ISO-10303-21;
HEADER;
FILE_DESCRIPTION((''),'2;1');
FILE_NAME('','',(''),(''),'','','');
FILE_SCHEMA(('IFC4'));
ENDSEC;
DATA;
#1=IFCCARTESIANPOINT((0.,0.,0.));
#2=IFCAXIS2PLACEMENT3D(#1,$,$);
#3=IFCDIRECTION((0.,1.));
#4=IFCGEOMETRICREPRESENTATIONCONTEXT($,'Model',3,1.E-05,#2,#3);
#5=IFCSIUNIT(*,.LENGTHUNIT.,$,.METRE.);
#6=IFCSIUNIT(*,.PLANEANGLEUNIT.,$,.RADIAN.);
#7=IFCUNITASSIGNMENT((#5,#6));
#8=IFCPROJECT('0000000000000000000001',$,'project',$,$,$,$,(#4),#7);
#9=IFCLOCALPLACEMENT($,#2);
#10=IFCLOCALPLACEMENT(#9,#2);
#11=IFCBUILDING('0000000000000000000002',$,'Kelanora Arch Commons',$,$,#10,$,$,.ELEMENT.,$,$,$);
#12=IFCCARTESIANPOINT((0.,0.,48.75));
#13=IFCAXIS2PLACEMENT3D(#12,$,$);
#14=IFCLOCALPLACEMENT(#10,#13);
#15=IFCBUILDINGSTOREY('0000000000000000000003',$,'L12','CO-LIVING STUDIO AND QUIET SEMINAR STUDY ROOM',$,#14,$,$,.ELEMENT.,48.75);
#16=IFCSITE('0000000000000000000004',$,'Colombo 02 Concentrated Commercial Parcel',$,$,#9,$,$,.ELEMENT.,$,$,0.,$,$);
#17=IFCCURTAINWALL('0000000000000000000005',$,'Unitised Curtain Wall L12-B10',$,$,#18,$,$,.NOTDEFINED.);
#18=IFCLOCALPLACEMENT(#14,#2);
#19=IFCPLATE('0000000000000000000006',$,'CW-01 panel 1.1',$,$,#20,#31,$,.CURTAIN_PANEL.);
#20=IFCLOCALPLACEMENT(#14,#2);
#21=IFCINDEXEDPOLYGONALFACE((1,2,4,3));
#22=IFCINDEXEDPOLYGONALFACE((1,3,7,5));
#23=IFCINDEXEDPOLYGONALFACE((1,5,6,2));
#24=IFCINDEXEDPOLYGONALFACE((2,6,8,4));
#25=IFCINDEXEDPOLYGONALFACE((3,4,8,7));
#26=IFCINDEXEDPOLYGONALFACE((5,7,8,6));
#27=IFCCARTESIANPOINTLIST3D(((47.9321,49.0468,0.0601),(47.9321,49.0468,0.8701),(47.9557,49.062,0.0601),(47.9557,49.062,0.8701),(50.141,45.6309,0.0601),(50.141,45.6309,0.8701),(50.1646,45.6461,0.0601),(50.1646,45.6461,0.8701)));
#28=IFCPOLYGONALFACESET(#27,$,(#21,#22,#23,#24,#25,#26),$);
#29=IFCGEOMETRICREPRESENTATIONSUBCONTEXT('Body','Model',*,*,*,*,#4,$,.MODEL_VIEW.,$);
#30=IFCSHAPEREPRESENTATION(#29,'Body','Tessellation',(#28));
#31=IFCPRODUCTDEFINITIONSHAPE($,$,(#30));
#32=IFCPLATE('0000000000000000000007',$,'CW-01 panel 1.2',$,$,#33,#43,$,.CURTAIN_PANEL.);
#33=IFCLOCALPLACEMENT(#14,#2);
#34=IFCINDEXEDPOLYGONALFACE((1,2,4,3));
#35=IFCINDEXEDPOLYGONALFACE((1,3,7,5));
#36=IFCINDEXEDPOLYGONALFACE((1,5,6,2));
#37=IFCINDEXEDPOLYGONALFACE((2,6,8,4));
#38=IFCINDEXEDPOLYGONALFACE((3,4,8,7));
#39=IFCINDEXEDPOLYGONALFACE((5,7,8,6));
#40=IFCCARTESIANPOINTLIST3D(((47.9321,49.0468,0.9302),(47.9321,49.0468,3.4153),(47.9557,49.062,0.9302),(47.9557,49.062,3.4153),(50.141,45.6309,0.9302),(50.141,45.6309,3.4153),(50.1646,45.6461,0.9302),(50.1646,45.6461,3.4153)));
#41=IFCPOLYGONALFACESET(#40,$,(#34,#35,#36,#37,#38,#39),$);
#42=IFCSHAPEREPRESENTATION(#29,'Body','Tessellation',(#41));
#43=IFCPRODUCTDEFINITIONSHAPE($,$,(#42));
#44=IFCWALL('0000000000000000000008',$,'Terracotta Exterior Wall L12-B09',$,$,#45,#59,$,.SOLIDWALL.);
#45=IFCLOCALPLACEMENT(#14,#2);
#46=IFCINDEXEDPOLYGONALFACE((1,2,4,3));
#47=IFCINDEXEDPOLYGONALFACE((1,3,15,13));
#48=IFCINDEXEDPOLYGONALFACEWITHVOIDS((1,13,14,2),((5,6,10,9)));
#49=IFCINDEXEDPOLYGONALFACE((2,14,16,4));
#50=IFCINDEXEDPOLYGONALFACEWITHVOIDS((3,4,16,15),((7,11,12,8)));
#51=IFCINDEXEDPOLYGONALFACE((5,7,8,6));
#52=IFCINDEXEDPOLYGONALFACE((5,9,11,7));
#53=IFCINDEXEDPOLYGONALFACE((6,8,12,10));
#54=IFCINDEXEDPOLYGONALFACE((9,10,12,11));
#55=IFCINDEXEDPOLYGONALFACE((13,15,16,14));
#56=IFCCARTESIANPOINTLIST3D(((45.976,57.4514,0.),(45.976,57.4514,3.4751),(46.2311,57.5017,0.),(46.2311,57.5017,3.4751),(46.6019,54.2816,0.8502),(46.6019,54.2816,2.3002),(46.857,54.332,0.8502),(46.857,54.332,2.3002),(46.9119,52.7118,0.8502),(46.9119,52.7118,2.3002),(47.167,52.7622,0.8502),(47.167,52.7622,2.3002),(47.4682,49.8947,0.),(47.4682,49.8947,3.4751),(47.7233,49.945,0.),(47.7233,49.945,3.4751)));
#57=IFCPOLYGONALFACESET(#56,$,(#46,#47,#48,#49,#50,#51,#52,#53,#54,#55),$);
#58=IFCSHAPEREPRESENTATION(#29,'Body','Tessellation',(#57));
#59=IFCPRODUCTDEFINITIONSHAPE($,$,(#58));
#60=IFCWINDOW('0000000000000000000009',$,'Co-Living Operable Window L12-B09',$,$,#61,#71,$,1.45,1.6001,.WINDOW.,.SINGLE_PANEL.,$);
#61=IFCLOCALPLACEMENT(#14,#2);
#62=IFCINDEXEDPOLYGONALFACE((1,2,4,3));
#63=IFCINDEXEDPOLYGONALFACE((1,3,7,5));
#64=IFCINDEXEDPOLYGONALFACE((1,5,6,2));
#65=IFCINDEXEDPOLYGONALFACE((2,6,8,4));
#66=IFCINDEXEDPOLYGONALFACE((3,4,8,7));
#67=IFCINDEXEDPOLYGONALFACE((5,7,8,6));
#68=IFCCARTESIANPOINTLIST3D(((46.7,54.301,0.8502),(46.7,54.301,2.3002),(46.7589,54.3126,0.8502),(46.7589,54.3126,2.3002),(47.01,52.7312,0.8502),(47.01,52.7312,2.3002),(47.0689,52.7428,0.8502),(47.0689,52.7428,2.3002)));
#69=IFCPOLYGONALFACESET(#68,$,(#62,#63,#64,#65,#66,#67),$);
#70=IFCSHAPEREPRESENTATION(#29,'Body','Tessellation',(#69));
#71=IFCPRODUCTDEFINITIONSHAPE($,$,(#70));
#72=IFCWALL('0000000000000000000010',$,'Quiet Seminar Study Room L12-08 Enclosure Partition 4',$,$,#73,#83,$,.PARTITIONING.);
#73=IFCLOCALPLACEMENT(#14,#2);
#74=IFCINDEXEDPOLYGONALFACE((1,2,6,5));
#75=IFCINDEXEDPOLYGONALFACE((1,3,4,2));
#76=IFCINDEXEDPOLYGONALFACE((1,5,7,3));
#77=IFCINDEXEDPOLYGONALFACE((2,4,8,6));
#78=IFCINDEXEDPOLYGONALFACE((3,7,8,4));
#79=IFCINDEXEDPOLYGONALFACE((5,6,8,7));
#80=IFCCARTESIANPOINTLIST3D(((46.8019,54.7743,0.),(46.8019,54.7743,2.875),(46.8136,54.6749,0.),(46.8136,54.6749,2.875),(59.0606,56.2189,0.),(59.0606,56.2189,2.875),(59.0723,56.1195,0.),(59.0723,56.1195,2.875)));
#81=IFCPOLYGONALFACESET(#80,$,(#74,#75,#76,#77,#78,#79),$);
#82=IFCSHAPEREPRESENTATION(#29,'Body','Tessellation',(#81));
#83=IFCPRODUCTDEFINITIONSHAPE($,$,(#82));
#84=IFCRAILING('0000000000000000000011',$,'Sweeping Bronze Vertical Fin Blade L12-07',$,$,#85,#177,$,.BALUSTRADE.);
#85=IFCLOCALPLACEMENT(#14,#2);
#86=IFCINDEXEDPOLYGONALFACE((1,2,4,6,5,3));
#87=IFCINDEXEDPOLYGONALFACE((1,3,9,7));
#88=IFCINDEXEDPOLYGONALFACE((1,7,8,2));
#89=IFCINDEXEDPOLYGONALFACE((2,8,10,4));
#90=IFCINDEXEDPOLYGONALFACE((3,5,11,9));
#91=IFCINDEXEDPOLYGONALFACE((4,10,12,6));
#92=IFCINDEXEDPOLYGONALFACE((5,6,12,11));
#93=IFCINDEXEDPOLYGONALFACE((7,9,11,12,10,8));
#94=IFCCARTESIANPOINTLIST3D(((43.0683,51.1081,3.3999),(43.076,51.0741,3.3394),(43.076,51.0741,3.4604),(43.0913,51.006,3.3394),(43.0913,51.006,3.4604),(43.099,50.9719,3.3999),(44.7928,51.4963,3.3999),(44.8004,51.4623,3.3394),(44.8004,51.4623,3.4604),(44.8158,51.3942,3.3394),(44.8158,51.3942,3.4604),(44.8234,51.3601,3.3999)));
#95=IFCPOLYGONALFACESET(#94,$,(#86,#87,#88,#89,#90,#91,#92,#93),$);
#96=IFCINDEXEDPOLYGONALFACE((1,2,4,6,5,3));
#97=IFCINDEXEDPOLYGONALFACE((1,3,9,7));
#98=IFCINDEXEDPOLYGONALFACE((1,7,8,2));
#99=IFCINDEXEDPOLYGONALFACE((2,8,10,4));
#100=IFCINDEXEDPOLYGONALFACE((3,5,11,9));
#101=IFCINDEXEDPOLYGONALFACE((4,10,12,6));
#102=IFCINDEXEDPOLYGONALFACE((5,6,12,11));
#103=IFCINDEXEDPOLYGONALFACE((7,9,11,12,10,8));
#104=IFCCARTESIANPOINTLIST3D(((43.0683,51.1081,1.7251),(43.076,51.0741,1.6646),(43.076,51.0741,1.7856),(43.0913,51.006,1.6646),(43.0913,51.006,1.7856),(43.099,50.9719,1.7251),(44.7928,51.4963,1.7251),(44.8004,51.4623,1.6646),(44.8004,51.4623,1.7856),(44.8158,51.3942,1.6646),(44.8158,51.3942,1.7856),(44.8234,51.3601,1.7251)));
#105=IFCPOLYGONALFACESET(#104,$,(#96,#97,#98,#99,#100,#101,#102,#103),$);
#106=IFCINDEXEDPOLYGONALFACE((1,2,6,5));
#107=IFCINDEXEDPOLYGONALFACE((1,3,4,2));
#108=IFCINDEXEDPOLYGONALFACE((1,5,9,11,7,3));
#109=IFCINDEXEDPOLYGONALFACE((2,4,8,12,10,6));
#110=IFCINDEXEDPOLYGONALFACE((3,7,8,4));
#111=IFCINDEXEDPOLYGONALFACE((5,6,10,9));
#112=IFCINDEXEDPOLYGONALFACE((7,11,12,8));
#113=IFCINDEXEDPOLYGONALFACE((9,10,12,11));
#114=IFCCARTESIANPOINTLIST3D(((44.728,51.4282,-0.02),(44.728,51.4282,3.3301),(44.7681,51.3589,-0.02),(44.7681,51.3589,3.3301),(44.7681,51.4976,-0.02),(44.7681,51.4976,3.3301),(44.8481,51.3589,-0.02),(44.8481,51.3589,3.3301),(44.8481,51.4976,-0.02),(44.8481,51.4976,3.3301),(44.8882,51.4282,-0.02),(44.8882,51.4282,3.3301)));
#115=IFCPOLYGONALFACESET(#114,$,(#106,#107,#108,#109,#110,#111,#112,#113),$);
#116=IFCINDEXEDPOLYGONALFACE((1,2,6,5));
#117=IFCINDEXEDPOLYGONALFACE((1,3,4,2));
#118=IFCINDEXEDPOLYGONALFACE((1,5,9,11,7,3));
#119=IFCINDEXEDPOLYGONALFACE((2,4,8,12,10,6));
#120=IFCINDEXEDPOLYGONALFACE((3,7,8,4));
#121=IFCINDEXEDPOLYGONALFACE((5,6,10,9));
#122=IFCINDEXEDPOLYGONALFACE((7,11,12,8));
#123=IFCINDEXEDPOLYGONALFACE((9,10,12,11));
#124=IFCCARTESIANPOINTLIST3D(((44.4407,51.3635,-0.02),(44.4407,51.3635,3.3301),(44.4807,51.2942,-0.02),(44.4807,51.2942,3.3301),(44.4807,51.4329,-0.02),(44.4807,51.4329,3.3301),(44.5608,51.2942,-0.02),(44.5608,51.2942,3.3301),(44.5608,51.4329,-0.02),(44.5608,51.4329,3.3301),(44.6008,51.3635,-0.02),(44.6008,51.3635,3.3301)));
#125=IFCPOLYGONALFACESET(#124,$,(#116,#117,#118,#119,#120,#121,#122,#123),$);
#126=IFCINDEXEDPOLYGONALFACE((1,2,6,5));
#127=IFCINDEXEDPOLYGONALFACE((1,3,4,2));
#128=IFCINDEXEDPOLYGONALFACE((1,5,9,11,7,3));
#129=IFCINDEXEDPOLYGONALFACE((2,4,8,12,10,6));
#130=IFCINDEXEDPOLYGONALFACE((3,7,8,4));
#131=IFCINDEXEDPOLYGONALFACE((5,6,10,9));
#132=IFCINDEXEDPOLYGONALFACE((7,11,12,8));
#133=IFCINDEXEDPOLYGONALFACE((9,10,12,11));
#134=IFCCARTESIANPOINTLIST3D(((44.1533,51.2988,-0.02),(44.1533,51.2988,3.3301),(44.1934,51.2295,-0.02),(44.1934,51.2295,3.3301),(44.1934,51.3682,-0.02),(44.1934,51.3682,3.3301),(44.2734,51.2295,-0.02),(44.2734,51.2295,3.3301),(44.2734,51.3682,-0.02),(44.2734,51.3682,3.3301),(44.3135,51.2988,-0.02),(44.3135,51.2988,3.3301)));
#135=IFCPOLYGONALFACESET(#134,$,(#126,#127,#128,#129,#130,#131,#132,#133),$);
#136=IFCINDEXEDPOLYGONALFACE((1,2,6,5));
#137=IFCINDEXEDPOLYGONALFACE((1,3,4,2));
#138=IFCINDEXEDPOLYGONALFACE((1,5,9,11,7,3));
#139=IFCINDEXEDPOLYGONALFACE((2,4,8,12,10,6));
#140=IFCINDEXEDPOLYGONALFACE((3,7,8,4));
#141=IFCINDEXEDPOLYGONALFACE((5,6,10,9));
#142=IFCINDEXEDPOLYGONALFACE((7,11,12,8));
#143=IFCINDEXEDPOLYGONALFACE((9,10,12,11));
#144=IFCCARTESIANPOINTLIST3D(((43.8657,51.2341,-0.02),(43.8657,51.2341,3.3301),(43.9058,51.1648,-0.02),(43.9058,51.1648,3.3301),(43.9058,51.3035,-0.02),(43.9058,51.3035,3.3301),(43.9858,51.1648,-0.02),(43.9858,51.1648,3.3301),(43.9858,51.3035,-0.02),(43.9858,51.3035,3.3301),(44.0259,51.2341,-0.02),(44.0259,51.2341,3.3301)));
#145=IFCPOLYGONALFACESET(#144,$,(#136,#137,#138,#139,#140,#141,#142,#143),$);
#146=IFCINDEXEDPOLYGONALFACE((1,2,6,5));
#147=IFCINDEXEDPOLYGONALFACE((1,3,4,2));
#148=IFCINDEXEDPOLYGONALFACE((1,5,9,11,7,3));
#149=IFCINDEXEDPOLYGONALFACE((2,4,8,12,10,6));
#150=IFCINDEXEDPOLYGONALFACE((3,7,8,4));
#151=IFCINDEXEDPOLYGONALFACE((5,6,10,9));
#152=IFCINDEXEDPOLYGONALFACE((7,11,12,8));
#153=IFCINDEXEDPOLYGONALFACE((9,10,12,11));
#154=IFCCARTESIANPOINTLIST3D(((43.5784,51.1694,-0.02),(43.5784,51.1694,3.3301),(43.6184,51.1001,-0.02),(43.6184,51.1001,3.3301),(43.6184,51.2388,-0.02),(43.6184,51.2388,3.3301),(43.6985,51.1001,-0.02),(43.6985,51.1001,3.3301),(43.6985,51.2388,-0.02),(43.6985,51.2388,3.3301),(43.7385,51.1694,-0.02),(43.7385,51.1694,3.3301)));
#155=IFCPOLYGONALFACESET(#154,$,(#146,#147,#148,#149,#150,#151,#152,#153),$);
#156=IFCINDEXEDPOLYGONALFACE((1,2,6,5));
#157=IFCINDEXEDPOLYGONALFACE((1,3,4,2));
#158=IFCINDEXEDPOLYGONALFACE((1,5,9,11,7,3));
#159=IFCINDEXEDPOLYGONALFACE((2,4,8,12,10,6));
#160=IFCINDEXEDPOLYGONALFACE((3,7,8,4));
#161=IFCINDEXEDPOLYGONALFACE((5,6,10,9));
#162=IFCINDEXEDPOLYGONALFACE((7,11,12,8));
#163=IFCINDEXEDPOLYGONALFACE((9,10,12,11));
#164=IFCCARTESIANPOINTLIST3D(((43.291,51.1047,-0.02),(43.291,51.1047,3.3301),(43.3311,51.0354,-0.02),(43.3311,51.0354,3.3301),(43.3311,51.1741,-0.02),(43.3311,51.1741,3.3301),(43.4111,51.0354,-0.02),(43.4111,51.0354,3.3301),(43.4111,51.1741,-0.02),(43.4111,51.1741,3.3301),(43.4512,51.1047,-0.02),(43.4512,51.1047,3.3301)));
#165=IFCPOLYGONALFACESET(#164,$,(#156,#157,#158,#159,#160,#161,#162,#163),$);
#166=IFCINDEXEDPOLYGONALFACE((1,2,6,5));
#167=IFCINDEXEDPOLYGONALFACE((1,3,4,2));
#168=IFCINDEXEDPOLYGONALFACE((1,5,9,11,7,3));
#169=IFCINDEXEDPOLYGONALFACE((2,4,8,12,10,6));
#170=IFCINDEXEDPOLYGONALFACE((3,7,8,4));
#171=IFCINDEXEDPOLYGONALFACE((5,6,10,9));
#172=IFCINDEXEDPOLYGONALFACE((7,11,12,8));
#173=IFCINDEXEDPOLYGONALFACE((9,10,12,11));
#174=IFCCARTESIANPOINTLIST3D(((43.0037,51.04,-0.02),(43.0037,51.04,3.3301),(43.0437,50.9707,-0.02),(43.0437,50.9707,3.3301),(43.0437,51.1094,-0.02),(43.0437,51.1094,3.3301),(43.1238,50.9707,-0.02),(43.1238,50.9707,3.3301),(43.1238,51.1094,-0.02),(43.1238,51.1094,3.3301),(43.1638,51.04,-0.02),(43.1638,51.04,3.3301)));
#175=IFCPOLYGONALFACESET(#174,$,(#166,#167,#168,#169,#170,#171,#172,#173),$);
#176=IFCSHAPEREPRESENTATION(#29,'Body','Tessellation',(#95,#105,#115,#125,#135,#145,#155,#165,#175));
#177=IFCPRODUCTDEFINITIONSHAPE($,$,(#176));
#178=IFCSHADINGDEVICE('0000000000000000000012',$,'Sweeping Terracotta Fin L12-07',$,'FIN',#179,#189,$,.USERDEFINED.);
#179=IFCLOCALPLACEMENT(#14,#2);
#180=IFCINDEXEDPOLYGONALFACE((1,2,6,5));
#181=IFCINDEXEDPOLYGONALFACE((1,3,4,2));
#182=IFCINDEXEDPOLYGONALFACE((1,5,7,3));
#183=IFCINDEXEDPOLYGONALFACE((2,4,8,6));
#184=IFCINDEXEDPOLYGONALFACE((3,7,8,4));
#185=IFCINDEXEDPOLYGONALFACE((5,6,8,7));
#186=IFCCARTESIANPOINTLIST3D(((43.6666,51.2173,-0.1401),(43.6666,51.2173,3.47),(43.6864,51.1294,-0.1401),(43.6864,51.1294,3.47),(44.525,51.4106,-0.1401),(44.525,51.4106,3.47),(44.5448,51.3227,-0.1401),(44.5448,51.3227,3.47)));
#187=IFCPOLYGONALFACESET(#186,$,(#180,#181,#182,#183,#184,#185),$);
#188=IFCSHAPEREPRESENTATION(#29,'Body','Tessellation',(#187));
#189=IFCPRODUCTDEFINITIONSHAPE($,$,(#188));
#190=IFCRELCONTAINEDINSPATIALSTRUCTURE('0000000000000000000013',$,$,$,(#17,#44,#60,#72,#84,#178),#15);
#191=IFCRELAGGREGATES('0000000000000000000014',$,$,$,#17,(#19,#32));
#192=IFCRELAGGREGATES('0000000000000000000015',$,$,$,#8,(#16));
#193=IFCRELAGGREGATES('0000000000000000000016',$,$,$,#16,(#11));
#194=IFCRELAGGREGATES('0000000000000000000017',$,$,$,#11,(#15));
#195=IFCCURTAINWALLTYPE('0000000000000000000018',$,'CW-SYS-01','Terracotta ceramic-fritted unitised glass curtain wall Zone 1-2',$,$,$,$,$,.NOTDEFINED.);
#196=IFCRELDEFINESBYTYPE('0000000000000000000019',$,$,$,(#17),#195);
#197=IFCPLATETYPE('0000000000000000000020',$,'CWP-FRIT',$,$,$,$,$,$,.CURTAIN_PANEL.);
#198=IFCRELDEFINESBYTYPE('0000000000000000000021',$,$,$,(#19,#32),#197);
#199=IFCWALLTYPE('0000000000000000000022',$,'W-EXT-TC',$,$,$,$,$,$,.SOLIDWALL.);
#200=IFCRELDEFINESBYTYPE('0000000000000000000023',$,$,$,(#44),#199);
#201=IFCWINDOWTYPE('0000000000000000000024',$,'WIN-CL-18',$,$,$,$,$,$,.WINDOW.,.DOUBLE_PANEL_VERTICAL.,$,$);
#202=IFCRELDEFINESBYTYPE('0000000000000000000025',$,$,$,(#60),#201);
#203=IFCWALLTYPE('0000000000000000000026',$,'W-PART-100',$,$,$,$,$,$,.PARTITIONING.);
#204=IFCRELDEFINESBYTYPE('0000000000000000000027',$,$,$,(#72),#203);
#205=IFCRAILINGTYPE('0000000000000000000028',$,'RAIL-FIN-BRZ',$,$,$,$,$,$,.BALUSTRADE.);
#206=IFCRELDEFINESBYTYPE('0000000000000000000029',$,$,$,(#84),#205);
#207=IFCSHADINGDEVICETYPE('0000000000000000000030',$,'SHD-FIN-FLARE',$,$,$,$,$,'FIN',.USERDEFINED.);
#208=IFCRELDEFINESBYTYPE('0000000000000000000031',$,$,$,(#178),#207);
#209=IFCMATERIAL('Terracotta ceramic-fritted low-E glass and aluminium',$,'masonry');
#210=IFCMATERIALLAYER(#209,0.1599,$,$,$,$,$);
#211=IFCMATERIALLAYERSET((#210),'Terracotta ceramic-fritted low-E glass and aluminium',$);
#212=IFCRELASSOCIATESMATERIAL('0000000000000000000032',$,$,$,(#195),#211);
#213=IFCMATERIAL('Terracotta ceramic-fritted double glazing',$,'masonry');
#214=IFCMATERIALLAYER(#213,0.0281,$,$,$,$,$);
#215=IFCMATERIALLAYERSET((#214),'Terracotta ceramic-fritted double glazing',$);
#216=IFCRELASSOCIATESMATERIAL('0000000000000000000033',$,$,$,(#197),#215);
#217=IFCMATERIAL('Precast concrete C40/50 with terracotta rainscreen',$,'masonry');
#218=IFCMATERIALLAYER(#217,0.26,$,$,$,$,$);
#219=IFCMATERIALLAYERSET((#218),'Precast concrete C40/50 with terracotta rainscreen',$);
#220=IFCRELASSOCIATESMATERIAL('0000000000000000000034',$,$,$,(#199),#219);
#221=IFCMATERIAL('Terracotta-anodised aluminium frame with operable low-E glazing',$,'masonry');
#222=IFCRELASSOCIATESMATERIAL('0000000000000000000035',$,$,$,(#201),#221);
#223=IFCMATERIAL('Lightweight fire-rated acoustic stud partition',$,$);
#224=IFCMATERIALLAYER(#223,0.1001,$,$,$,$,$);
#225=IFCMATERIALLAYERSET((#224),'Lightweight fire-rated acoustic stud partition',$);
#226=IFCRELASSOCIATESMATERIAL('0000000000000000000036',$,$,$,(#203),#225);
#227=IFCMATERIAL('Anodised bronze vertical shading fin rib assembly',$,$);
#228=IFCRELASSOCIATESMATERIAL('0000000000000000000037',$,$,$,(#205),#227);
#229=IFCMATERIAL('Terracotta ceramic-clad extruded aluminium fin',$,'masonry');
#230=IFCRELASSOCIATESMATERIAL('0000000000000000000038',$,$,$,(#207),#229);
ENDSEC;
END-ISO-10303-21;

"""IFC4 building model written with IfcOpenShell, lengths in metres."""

from ifc_helpers import new_model, si_unit, direction, frame, frame_2d, origin, origin_2d, place, context, subcontext, project, spatial, polyline, rectangle, outline, extrude, source, transform, mapped, material, layer, layer_set, type_object, element, fill, aggregate, save


model = new_model("IFC4")

# Units and contexts
model_context = context("Model", 3, precision=1e-05, world=origin(), true_north=direction((0.0, 1.0)))
body_context = subcontext(model_context, "Body", "Model", "MODEL_VIEW")
ifc_project = project(units=[si_unit("LENGTHUNIT", "METRE"), si_unit("PLANEANGLEUNIT", "RADIAN")], contexts=[model_context])

# Site, building, storey
site_placement = place(None, origin())
site = spatial("IfcSite", under=ifc_project, at=site_placement, Name="Colombo 02 Concentrated Commercial Parcel", CompositionType="ELEMENT", RefElevation=0.0)
building_placement = place(site_placement, origin())
building = spatial("IfcBuilding", under=site, at=building_placement, Name="Kelanora Arch Commons", CompositionType="ELEMENT")
storey_placement = place(building_placement, frame((0.0, 0.0, 48.75)))
storey = spatial("IfcBuildingStorey", under=building, at=storey_placement, Name="L12", Description="CO-LIVING STUDIO AND QUIET SEMINAR STUDY ROOM", CompositionType="ELEMENT", Elevation=48.75)

# Shared definitions
ifc_material_1 = material(Name="Terracotta ceramic-fritted low-E glass and aluminium", Category="masonry")
ifc_layer_1 = layer(ifc_material_1, 0.1599)
ifc_layer_set_1 = layer_set([ifc_layer_1], Name="Terracotta ceramic-fritted low-E glass and aluminium")
curtain_wall_type = type_object("IfcCurtainWallType", Name="CW-SYS-01", Description="Terracotta ceramic-fritted unitised glass curtain wall Zone 1-2", PredefinedType="NOTDEFINED", material=ifc_layer_set_1)

# Curtain wall
curtain_wall_1_placement = place(storey_placement, origin())
curtain_wall_1 = element("IfcCurtainWall", 1, at=curtain_wall_1_placement, inside=storey, type_object=curtain_wall_type, Name="Unitised Curtain Wall L12-B10", PredefinedType="NOTDEFINED")

# Plates
ifc_material_2 = material(Name="Terracotta ceramic-fritted double glazing", Category="masonry")
ifc_layer_2 = layer(ifc_material_2, 0.0281)
ifc_layer_set_2 = layer_set([ifc_layer_2], Name="Terracotta ceramic-fritted double glazing")
plate_type = type_object("IfcPlateType", Name="CWP-FRIT", PredefinedType="CURTAIN_PANEL", material=ifc_layer_set_2)
shared_shape_1 = source(origin(), body_context, "Body", "SweptSolid", [
    extrude(rectangle(XDim=4.0679, YDim=0.0281, at=origin_2d()), origin(), (0.0, 0.0, 1.0), 0.8101),
])
plate_1_placement = place(storey_placement, frame((49.0483, 47.3464, 0.0601), z_axis=(0.0, 0.0, 1.0), x_axis=(0.543004, -0.83973, 0.0)))
plate_1 = element("IfcPlate", 2, at=plate_1_placement, type_object=plate_type, Name="CW-01 panel 1.1", PredefinedType="CURTAIN_PANEL", context=body_context, shape_type="MappedRepresentation", body=[
    mapped(shared_shape_1, transform((0.0, 0.0, 0.0), scale=1.0)),
])
shared_shape_2 = source(origin(), body_context, "Body", "SweptSolid", [
    extrude(rectangle(XDim=4.0679, YDim=0.0281, at=origin_2d()), origin(), (0.0, 0.0, 1.0), 2.4851),
])
plate_2_placement = place(storey_placement, frame((49.0483, 47.3464, 0.9302), z_axis=(0.0, 0.0, 1.0), x_axis=(0.543004, -0.83973, 0.0)))
plate_2 = element("IfcPlate", 3, at=plate_2_placement, type_object=plate_type, Name="CW-01 panel 1.2", PredefinedType="CURTAIN_PANEL", context=body_context, shape_type="MappedRepresentation", body=[
    mapped(shared_shape_2, transform((0.0, 0.0, 0.0), scale=1.0)),
])
aggregate(curtain_wall_1, [plate_1, plate_2])

# Wall, opening, window
ifc_material_3 = material(Name="Precast concrete C40/50 with terracotta rainscreen", Category="masonry")
ifc_layer_3 = layer(ifc_material_3, 0.26)
ifc_layer_set_3 = layer_set([ifc_layer_3], Name="Precast concrete C40/50 with terracotta rainscreen")
wall_type_1 = type_object("IfcWallType", Name="W-EXT-TC", PredefinedType="SOLIDWALL", material=ifc_layer_set_3)
wall_1_placement = place(storey_placement, frame((46.1035, 57.4766, 0.0), z_axis=(0.0, 0.0, 1.0), x_axis=(0.193726, -0.981056, 0.0)))
wall_1 = element("IfcWall", 4, at=wall_1_placement, inside=storey, type_object=wall_type_1, Name="Terracotta Exterior Wall L12-B09", PredefinedType="SOLIDWALL", context=body_context, shape_type="SweptSolid", body=[
    extrude(rectangle(XDim=7.7026, YDim=0.26, at=frame_2d((3.8513, 0.0))), origin(), (0.0, 0.0, 1.0), 3.4751),
])
opening_placement = place(wall_1_placement, frame((3.231, 0.0, 0.8501)))
opening = element("IfcOpeningElement", 5, at=opening_placement, cuts=wall_1, PredefinedType="OPENING", context=body_context, shape_type="SweptSolid", body=[
    extrude(rectangle(XDim=1.6001, YDim=1.45, at=frame_2d((0.8, 0.7251))), frame((0.0, 0.1401, 0.0), z_axis=(0.0, -1.0, 0.0), x_axis=(1.0, 0.0, 0.0)), (0.0, 0.0, 1.0), 0.28),
])
ifc_material_4 = material(Name="Terracotta-anodised aluminium frame with operable low-E glazing", Category="masonry")
window_type = type_object("IfcWindowType", Name="WIN-CL-18", PartitioningType="DOUBLE_PANEL_VERTICAL", PredefinedType="WINDOW", material=ifc_material_4)
window_placement = place(opening_placement, origin())
window = element("IfcWindow", 6, at=window_placement, inside=storey, type_object=window_type, Name="Co-Living Operable Window L12-B09", OverallHeight=1.45, OverallWidth=1.6001, PartitioningType="SINGLE_PANEL", PredefinedType="WINDOW", context=body_context, shape_type="SweptSolid", body=[
    extrude(rectangle(XDim=1.6001, YDim=1.45, at=frame_2d((0.8, 0.7251))), frame((0.0, 0.03, 0.0), z_axis=(0.0, -1.0, 0.0), x_axis=(1.0, 0.0, 0.0)), (0.0, 0.0, 1.0), 0.0601),
])
fill(opening, window)

# Wall
ifc_material_5 = material(Name="Lightweight fire-rated acoustic stud partition")
ifc_layer_4 = layer(ifc_material_5, 0.1001)
ifc_layer_set_4 = layer_set([ifc_layer_4], Name="Lightweight fire-rated acoustic stud partition")
wall_type_2 = type_object("IfcWallType", Name="W-PART-100", PredefinedType="PARTITIONING", material=ifc_layer_set_4)
wall_2_placement = place(storey_placement, frame((46.8076, 54.7246, 0.0), z_axis=(0.0, 0.0, 1.0), x_axis=(0.993128, 0.117031, 0.0)))
element("IfcWall", 7, at=wall_2_placement, inside=storey, type_object=wall_type_2, Name="Quiet Seminar Study Room L12-08 Enclosure Partition 4", PredefinedType="PARTITIONING", context=body_context, shape_type="SweptSolid", body=[
    extrude(rectangle(XDim=12.3435, YDim=0.1001, at=frame_2d((6.1719, 0.0))), origin(), (0.0, 0.0, 1.0), 2.875),
])

# Railing
ifc_material_6 = material(Name="Anodised bronze vertical shading fin rib assembly")
railing_type = type_object("IfcRailingType", Name="RAIL-FIN-BRZ", PredefinedType="BALUSTRADE", material=ifc_material_6)
railing_placement = place(storey_placement, frame((44.8081, 51.4282, -0.02)))
element("IfcRailing", 8, at=railing_placement, inside=storey, type_object=railing_type, Name="Sweeping Bronze Vertical Fin Blade L12-07", PredefinedType="BALUSTRADE", context=body_context, shape_type="SweptSolid", body=[
    extrude(outline(polyline([(0.0698, 0.0), (0.0349, 0.0605), (-0.0349, 0.0605), (-0.0698, 0.0), (-0.0349, -0.0605), (0.0349, -0.0605), (0.0698, 0.0)])), frame((0.0, 0.0, 3.4199), z_axis=(-0.975585, -0.219621, 0.0), x_axis=(0.219621, -0.975585, 0.0)), (0.0, 0.0, 1.0), 1.7676),
    extrude(outline(polyline([(0.0698, 0.0), (0.0349, 0.0605), (-0.0349, 0.0605), (-0.0698, 0.0), (-0.0349, -0.0605), (0.0349, -0.0605), (0.0698, 0.0)])), frame((0.0, 0.0, 1.7451), z_axis=(-0.975585, -0.219621, 0.0), x_axis=(0.219621, -0.975585, 0.0)), (0.0, 0.0, 1.0), 1.7676),
    extrude(outline(polyline([(0.0801, 0.0), (0.04, 0.0693), (-0.04, 0.0693), (-0.0801, 0.0), (-0.04, -0.0693), (0.04, -0.0693), (0.0801, 0.0)])), origin(), (0.0, 0.0, 1.0), 3.3501),
    extrude(outline(polyline([(0.0801, 0.0), (0.04, 0.0693), (-0.04, 0.0693), (-0.0801, 0.0), (-0.04, -0.0693), (0.04, -0.0693), (0.0801, 0.0)])), frame((-0.2874, -0.0647, 0.0)), (0.0, 0.0, 1.0), 3.3501),
    extrude(outline(polyline([(0.0801, 0.0), (0.04, 0.0693), (-0.04, 0.0693), (-0.0801, 0.0), (-0.04, -0.0693), (0.04, -0.0693), (0.0801, 0.0)])), frame((-0.5747, -0.1294, 0.0)), (0.0, 0.0, 1.0), 3.3501),
    extrude(outline(polyline([(0.0801, 0.0), (0.04, 0.0693), (-0.04, 0.0693), (-0.0801, 0.0), (-0.04, -0.0693), (0.04, -0.0693), (0.0801, 0.0)])), frame((-0.8623, -0.1941, 0.0)), (0.0, 0.0, 1.0), 3.3501),
    extrude(outline(polyline([(0.0801, 0.0), (0.04, 0.0693), (-0.04, 0.0693), (-0.0801, 0.0), (-0.04, -0.0693), (0.04, -0.0693), (0.0801, 0.0)])), frame((-1.1497, -0.2588, 0.0)), (0.0, 0.0, 1.0), 3.3501),
    extrude(outline(polyline([(0.0801, 0.0), (0.04, 0.0693), (-0.04, 0.0693), (-0.0801, 0.0), (-0.04, -0.0693), (0.04, -0.0693), (0.0801, 0.0)])), frame((-1.437, -0.3235, 0.0)), (0.0, 0.0, 1.0), 3.3501),
    extrude(outline(polyline([(0.0801, 0.0), (0.04, 0.0693), (-0.04, 0.0693), (-0.0801, 0.0), (-0.04, -0.0693), (0.04, -0.0693), (0.0801, 0.0)])), frame((-1.7244, -0.3882, 0.0)), (0.0, 0.0, 1.0), 3.3501),
])

# Shading device
ifc_material_7 = material(Name="Terracotta ceramic-clad extruded aluminium fin", Category="masonry")
shading_device_type = type_object("IfcShadingDeviceType", Name="SHD-FIN-FLARE", ElementType="FIN", PredefinedType="USERDEFINED", material=ifc_material_7)
shared_shape_3 = source(origin(), body_context, "Body", "SweptSolid", [
    extrude(rectangle(XDim=0.8799, YDim=0.0901, at=origin_2d()), origin(), (0.0, 0.0, 1.0), 3.6101),
])
for number, where, z_axis, x_axis, name in (
    (9, (44.1057, 51.27, -0.1401), (0.0, 0.0, 1.0), (-0.975573, -0.219676, 0.0), "Sweeping Terracotta Fin L12-07"),
):
    element("IfcShadingDevice", number, at=place(storey_placement, frame(where, z_axis=z_axis, x_axis=x_axis)), inside=storey, type_object=shading_device_type, Name=name, ObjectType="FIN", PredefinedType="USERDEFINED", context=body_context, shape_type="MappedRepresentation", body=[
        mapped(shared_shape_3, transform((0.0, 0.0, 0.0), scale=1.0)),
    ])

save(model, "model.ifc")
